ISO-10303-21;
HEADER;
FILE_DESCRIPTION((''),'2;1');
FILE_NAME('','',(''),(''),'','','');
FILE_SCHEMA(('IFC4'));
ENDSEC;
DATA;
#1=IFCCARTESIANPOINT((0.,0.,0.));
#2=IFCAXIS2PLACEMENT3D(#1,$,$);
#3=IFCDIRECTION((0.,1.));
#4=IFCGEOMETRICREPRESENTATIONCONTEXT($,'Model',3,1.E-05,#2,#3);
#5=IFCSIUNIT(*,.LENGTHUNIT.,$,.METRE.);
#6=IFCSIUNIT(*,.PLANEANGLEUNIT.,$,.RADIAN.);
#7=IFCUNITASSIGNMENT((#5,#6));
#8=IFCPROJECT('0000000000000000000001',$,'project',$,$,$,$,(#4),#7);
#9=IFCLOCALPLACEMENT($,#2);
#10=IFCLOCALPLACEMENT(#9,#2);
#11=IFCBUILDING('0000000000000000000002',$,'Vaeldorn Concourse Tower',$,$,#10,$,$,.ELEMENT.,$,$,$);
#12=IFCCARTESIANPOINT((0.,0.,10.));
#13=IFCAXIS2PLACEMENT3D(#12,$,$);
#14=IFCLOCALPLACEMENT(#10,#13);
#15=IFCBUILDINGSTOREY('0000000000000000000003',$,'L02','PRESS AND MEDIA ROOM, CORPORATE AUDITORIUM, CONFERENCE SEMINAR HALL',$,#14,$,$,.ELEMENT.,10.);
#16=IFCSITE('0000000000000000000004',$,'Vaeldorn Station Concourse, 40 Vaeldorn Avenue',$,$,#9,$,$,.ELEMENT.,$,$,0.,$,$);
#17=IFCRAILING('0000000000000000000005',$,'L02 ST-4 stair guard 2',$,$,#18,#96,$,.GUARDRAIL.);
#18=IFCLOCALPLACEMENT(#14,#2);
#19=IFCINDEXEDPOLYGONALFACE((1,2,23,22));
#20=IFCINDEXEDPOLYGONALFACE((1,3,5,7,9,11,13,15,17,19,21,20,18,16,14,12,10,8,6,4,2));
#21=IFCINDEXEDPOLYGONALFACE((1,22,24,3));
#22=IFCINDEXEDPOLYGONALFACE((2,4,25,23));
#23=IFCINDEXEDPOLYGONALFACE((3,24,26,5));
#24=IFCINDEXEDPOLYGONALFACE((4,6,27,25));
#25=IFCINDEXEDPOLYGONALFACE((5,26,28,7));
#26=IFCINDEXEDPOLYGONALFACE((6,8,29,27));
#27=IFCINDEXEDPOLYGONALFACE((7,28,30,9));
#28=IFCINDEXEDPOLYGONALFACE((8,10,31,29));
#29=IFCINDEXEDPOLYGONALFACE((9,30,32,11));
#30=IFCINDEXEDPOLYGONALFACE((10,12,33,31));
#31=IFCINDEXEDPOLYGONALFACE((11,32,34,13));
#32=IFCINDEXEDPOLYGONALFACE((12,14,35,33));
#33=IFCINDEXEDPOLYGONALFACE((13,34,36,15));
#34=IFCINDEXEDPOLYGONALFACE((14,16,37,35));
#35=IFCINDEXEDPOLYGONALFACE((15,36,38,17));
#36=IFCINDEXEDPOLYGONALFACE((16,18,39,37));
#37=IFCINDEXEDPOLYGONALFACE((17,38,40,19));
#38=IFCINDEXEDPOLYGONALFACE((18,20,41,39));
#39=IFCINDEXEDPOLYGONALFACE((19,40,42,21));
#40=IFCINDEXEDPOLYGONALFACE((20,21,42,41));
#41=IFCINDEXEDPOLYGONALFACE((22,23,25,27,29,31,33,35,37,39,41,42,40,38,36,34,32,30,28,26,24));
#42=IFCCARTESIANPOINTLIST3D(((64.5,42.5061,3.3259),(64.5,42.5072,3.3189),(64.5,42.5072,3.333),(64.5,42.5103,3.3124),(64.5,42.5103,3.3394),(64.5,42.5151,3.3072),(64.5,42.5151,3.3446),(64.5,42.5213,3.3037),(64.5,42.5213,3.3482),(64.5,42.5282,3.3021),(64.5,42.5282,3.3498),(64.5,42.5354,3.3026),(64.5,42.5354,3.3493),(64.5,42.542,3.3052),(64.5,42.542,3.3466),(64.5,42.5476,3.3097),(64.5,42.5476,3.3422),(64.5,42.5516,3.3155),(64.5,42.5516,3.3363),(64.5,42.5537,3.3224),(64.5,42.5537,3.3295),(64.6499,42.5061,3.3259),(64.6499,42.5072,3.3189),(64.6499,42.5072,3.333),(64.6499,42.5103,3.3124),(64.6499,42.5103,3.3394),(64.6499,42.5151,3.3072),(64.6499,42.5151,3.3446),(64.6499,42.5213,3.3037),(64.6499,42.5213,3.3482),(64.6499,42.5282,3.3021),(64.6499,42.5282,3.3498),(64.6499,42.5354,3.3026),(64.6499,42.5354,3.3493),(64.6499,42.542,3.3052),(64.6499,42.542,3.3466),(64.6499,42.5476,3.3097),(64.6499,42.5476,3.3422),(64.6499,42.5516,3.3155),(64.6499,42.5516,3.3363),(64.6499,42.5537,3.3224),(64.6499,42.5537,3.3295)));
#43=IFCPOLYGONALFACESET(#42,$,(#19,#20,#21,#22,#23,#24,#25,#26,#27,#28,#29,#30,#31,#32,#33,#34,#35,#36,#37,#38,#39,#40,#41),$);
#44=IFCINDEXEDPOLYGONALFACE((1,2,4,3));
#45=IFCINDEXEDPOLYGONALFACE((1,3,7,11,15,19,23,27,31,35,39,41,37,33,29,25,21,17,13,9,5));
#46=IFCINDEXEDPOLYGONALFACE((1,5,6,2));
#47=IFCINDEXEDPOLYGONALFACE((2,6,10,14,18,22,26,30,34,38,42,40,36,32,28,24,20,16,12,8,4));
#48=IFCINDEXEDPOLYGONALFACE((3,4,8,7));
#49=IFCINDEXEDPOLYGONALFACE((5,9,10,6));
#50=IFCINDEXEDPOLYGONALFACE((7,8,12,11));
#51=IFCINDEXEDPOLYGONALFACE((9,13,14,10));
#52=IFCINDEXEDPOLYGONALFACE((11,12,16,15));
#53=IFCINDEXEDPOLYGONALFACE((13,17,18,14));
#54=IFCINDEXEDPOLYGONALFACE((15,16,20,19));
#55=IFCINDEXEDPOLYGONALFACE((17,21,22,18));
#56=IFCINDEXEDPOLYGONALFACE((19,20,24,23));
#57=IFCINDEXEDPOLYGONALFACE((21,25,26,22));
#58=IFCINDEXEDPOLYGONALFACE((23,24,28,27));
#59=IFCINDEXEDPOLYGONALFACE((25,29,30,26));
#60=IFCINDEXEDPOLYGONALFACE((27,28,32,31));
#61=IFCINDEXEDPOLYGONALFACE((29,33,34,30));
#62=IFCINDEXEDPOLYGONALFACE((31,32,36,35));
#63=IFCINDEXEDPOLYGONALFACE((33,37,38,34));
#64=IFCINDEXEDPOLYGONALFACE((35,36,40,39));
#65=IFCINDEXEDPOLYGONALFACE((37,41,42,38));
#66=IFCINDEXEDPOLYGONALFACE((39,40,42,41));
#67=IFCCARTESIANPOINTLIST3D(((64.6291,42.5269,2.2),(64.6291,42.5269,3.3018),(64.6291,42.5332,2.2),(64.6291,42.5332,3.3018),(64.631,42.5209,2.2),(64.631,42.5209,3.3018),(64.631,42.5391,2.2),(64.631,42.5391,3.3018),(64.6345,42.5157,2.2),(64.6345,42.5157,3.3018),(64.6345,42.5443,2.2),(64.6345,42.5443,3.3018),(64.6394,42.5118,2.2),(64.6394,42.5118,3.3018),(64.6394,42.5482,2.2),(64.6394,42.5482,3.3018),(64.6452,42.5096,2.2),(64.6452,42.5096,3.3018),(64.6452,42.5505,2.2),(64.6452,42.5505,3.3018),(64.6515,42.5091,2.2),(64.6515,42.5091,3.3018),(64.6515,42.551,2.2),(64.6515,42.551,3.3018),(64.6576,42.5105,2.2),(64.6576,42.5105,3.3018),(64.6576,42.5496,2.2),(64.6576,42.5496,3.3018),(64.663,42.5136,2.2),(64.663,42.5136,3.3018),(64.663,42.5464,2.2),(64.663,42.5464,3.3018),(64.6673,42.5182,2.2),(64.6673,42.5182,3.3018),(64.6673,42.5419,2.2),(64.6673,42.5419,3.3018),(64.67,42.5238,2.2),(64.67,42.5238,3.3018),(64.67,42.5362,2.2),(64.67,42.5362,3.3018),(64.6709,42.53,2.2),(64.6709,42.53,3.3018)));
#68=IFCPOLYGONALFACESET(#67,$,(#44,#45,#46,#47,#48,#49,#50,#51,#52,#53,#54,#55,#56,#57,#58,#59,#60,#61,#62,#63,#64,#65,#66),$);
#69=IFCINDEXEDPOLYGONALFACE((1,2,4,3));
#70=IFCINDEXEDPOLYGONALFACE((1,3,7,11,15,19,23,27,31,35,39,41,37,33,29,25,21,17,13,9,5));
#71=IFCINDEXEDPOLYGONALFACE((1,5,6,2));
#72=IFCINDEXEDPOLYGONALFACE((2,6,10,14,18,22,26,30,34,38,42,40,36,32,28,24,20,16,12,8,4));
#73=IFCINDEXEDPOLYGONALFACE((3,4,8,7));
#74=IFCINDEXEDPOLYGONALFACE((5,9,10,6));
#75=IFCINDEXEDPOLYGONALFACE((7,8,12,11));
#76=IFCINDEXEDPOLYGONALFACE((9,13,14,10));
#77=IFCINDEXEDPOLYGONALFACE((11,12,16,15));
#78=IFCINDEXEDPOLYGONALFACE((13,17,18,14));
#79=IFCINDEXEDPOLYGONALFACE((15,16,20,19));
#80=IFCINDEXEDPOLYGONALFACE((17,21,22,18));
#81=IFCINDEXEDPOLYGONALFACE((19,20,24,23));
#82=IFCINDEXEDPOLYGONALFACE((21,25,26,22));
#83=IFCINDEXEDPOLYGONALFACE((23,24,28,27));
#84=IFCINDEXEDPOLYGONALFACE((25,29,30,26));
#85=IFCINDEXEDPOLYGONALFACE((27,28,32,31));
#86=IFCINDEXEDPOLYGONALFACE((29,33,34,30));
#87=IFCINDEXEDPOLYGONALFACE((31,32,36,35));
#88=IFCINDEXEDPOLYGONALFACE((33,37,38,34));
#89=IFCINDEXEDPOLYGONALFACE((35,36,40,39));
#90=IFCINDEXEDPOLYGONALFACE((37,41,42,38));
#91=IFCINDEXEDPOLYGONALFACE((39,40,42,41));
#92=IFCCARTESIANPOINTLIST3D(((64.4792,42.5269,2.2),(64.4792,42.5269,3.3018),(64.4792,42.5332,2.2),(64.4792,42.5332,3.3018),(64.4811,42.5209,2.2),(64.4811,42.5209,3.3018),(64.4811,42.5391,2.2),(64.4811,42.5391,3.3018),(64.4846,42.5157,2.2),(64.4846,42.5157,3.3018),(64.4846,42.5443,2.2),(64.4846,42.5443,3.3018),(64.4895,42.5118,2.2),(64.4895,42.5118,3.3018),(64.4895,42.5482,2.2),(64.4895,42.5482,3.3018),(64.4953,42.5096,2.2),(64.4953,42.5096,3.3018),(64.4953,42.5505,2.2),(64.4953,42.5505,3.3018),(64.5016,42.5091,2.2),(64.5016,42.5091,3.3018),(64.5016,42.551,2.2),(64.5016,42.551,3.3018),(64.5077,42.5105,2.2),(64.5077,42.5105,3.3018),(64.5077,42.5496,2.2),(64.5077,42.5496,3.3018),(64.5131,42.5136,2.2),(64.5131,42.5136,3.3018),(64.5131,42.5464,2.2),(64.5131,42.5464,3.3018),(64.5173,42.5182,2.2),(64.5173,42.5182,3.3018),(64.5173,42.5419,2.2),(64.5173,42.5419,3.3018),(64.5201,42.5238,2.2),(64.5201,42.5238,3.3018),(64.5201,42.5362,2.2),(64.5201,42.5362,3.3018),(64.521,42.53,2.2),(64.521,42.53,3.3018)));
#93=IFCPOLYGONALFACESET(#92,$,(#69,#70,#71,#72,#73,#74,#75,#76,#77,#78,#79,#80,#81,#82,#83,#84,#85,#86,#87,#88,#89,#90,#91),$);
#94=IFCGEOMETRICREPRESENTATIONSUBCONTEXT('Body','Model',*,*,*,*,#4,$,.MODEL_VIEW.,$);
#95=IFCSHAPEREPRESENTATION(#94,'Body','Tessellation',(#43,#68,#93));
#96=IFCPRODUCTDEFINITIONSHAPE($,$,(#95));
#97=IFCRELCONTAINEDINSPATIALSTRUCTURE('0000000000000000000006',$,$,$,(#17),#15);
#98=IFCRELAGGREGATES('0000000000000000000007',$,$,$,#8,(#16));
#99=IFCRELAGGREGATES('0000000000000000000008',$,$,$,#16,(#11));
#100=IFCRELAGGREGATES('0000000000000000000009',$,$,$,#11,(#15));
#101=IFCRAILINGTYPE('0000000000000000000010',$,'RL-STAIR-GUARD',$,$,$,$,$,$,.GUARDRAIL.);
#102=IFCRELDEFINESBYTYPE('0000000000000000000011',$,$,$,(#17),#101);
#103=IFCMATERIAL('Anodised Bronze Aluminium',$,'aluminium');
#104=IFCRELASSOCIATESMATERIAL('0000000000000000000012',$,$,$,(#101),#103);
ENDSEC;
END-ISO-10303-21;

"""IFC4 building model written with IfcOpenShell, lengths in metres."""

from ifc_helpers import new_model, si_unit, direction, frame, origin, origin_2d, place, context, subcontext, project, spatial, circle, extrude, material, type_object, element, save


model = new_model("IFC4")

# Units and contexts
model_context = context("Model", 3, precision=1e-05, world=origin(), true_north=direction((0.0, 1.0)))
body_context = subcontext(model_context, "Body", "Model", "MODEL_VIEW")
ifc_project = project(units=[si_unit("LENGTHUNIT", "METRE"), si_unit("PLANEANGLEUNIT", "RADIAN")], contexts=[model_context])

# Site, building, storey
site_placement = place(None, origin())
site = spatial("IfcSite", under=ifc_project, at=site_placement, Name="Vaeldorn Station Concourse, 40 Vaeldorn Avenue", CompositionType="ELEMENT", RefElevation=0.0)
building_placement = place(site_placement, origin())
building = spatial("IfcBuilding", under=site, at=building_placement, Name="Vaeldorn Concourse Tower", CompositionType="ELEMENT")
storey_placement = place(building_placement, frame((0.0, 0.0, 10.0)))
storey = spatial("IfcBuildingStorey", under=building, at=storey_placement, Name="L02", Description="PRESS AND MEDIA ROOM, CORPORATE AUDITORIUM, CONFERENCE SEMINAR HALL", CompositionType="ELEMENT", Elevation=10.0)

# Shared definitions
ifc_material_1 = material(Name="Anodised Bronze Aluminium", Category="aluminium")

# Railing
railing_type_1 = type_object("IfcRailingType", Name="RL-STAIR-GUARD", PredefinedType="GUARDRAIL", material=ifc_material_1)
railing_1_placement = place(storey_placement, frame((64.6499, 42.53, 2.2)))
element("IfcRailing", 1, at=railing_1_placement, inside=storey, type_object=railing_type_1, Name="L02 ST-4 stair guard 2", PredefinedType="GUARDRAIL", context=body_context, shape_type="SweptSolid", body=[
    extrude(circle(Radius=0.0239, at=origin_2d()), frame((0.0, 0.0, 1.126), z_axis=(-1.0, 0.0, 0.0), x_axis=(0.0, -1.0, 0.0)), (0.0, 0.0, 1.0), 0.1499),
    extrude(circle(Radius=0.021, at=origin_2d()), origin(), (0.0, 0.0, 1.0), 1.1018),
    extrude(circle(Radius=0.021, at=origin_2d()), frame((-0.1499, 0.0, 0.0)), (0.0, 0.0, 1.0), 1.1018),
])

save(model, "model.ifc")
